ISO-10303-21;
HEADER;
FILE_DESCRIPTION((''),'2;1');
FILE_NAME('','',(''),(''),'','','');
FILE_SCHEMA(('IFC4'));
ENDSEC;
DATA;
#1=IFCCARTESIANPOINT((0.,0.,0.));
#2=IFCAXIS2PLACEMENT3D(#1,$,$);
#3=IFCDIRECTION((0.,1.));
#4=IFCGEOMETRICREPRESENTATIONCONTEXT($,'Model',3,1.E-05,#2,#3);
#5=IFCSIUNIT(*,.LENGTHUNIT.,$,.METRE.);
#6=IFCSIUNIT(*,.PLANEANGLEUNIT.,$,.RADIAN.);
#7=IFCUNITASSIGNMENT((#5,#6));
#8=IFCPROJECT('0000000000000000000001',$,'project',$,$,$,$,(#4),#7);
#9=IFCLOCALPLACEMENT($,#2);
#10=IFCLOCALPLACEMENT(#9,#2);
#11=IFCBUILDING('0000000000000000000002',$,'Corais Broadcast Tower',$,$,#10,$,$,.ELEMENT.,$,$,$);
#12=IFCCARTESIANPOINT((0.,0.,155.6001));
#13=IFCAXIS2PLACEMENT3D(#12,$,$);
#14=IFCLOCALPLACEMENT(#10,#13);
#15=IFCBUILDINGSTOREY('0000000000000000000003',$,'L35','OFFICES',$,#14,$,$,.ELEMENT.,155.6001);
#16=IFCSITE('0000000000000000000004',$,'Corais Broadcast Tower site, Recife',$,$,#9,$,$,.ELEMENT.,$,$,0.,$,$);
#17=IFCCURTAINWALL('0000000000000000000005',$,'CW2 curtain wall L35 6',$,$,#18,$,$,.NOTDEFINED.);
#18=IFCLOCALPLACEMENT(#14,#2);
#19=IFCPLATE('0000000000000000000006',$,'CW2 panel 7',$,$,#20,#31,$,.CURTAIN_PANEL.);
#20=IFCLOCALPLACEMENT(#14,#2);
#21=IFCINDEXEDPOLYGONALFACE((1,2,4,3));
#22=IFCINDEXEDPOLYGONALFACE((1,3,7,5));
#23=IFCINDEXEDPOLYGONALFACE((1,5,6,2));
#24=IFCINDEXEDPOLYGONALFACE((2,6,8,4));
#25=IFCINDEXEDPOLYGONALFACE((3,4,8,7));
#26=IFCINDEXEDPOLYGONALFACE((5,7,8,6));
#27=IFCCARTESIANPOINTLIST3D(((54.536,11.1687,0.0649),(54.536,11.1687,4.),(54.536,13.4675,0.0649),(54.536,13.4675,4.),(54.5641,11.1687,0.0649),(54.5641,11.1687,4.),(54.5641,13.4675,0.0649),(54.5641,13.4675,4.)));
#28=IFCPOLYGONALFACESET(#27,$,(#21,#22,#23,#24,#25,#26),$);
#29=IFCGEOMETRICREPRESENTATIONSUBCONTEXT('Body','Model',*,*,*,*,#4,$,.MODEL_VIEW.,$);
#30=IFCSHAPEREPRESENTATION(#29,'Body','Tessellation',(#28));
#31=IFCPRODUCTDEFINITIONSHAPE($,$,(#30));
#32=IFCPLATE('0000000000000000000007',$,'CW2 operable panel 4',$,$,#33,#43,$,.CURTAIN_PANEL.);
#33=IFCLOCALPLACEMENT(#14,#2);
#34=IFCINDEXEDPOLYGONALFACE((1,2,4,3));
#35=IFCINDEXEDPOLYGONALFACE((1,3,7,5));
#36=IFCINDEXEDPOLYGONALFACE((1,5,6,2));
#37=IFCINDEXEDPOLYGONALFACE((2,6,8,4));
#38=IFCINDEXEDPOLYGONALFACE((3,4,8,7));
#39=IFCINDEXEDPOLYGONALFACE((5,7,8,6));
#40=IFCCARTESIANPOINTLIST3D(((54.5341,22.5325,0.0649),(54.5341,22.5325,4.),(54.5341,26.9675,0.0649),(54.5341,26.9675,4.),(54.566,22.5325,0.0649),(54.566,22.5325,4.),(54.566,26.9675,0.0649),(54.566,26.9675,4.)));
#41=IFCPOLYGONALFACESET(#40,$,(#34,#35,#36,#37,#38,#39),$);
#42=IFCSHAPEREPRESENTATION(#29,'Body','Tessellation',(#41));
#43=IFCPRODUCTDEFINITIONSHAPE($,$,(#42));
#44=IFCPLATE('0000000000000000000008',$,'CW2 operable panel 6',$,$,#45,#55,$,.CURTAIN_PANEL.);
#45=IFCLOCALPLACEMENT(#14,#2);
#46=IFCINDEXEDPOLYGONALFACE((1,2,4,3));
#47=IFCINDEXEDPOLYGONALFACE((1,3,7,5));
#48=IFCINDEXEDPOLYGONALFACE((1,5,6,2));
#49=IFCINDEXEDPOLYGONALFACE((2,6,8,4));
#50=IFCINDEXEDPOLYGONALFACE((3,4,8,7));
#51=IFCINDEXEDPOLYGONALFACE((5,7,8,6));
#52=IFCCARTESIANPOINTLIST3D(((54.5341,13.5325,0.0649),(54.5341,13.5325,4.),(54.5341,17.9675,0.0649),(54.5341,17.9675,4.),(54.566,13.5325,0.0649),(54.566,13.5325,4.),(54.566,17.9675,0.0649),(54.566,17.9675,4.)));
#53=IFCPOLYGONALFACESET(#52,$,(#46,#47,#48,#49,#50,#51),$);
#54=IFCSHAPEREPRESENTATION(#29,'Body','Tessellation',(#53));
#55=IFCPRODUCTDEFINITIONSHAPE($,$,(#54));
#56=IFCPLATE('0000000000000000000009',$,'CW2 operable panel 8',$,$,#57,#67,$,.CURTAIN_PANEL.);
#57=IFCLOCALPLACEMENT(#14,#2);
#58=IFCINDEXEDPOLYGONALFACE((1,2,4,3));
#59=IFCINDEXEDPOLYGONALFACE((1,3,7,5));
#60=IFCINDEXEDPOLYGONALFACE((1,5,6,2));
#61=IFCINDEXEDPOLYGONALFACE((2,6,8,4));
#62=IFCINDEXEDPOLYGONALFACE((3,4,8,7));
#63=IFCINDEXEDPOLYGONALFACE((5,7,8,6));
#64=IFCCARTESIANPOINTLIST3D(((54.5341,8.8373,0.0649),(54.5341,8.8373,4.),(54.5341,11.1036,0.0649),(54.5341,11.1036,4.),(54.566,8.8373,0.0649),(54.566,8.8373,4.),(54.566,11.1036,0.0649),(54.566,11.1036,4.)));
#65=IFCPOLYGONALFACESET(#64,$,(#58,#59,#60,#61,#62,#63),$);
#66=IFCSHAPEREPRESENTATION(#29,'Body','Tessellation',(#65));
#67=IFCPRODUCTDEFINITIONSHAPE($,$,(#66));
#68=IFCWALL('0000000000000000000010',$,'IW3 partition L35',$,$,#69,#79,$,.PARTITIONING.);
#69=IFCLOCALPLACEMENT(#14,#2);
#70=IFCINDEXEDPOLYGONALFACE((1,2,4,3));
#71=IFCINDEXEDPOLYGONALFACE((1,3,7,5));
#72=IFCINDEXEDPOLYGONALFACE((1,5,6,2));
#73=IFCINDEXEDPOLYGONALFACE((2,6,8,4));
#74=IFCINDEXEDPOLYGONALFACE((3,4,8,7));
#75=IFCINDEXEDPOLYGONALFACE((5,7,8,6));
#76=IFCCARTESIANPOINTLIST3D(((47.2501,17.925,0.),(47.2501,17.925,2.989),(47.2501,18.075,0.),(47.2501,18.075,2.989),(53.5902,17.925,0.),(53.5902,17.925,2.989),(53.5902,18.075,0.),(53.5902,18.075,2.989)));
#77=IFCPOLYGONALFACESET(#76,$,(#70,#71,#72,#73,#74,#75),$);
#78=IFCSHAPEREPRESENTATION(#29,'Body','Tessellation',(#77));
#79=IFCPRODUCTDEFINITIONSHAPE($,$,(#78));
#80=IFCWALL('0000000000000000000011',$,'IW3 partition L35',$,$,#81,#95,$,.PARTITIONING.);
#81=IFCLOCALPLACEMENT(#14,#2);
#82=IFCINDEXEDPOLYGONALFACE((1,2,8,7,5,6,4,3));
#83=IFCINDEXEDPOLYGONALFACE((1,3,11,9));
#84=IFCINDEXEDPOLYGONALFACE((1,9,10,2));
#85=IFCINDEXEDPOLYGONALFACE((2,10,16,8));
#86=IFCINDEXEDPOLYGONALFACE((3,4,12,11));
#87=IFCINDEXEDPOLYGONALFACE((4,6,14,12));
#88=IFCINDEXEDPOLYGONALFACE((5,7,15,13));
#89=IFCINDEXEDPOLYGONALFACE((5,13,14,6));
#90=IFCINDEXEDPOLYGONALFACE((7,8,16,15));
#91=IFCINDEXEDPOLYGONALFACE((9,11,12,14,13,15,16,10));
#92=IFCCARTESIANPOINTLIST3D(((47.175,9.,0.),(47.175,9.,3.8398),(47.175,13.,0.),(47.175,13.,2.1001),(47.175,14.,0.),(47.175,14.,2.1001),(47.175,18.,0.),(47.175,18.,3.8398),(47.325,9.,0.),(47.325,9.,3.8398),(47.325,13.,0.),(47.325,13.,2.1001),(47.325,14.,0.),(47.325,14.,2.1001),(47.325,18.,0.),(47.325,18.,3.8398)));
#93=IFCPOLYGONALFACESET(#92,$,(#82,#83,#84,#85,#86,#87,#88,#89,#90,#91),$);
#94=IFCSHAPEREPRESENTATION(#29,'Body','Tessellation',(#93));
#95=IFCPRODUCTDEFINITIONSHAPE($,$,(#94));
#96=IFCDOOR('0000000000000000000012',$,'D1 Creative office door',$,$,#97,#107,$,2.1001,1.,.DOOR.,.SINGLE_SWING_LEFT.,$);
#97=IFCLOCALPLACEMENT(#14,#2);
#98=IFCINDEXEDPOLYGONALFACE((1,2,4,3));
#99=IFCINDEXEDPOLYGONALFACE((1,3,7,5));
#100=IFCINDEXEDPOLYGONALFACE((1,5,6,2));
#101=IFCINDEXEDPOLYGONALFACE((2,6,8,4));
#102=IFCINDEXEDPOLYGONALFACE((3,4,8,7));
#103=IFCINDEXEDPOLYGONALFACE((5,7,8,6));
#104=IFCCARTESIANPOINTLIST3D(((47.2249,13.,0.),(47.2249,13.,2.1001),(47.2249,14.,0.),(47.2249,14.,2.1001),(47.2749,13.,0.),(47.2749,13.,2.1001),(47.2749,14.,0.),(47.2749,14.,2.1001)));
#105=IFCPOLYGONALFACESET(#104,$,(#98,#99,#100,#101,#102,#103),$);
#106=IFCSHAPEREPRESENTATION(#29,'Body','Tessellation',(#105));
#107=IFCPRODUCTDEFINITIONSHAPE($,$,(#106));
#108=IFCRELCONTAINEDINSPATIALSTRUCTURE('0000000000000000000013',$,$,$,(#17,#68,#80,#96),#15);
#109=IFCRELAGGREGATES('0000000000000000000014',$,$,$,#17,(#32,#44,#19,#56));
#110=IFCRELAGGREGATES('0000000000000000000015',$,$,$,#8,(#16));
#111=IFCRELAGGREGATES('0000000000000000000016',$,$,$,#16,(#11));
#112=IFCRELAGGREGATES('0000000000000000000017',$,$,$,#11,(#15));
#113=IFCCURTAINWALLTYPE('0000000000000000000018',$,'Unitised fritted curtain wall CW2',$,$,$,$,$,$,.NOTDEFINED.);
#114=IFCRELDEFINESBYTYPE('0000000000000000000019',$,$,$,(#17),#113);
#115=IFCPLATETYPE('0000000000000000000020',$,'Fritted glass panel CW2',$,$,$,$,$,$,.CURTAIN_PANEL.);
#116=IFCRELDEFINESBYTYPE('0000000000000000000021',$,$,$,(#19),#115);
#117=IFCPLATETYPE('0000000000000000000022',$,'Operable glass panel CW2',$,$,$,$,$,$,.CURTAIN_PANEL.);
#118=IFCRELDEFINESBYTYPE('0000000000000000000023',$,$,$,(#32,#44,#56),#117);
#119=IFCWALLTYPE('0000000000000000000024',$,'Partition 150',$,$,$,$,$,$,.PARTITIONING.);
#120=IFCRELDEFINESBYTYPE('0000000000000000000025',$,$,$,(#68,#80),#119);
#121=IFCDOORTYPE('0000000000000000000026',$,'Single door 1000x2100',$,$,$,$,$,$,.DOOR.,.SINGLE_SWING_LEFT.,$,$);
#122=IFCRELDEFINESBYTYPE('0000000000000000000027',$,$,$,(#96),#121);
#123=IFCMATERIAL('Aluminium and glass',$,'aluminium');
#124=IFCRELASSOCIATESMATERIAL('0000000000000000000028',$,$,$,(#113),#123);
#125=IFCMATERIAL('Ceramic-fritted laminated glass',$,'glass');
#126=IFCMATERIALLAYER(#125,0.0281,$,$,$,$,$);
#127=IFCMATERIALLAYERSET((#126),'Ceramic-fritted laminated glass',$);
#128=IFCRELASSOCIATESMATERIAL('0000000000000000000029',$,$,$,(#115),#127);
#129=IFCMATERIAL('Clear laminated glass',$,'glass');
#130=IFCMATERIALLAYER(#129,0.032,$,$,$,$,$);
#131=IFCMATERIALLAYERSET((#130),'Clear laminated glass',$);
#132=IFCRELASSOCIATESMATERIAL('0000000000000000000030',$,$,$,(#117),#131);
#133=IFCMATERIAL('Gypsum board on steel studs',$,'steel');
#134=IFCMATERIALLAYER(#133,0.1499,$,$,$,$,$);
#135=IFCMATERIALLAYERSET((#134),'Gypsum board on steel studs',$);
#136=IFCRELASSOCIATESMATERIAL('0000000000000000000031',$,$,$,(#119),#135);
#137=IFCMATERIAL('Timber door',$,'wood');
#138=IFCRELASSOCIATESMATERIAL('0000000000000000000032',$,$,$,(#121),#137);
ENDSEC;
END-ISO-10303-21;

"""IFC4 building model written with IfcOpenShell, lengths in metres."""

from ifc_helpers import new_model, si_unit, direction, frame, frame_2d, origin, origin_2d, place, context, subcontext, project, spatial, rectangle, extrude, material, layer, layer_set, type_object, element, fill, aggregate, save


model = new_model("IFC4")

# Units and contexts
model_context = context("Model", 3, precision=1e-05, world=origin(), true_north=direction((0.0, 1.0)))
body_context = subcontext(model_context, "Body", "Model", "MODEL_VIEW")
ifc_project = project(units=[si_unit("LENGTHUNIT", "METRE"), si_unit("PLANEANGLEUNIT", "RADIAN")], contexts=[model_context])

# Site, building, storey
site_placement = place(None, origin())
site = spatial("IfcSite", under=ifc_project, at=site_placement, Name="Corais Broadcast Tower site, Recife", CompositionType="ELEMENT", RefElevation=0.0)
building_placement = place(site_placement, origin())
building = spatial("IfcBuilding", under=site, at=building_placement, Name="Corais Broadcast Tower", CompositionType="ELEMENT")
storey_placement = place(building_placement, frame((0.0, 0.0, 155.6001)))
storey = spatial("IfcBuildingStorey", under=building, at=storey_placement, Name="L35", Description="OFFICES", CompositionType="ELEMENT", Elevation=155.6001)

# Curtain wall
ifc_material_1 = material(Name="Aluminium and glass", Category="aluminium")
curtain_wall_type = type_object("IfcCurtainWallType", Name="Unitised fritted curtain wall CW2", PredefinedType="NOTDEFINED", material=ifc_material_1)
curtain_wall_placement = place(storey_placement, origin())
curtain_wall = element("IfcCurtainWall", 1, at=curtain_wall_placement, inside=storey, type_object=curtain_wall_type, Name="CW2 curtain wall L35 6", PredefinedType="NOTDEFINED")

# Plates
ifc_material_2 = material(Name="Ceramic-fritted laminated glass", Category="glass")
ifc_layer_1 = layer(ifc_material_2, 0.0281)
ifc_layer_set_1 = layer_set([ifc_layer_1], Name="Ceramic-fritted laminated glass")
plate_type_1 = type_object("IfcPlateType", Name="Fritted glass panel CW2", PredefinedType="CURTAIN_PANEL", material=ifc_layer_set_1)
plate_1_placement = place(storey_placement, frame((54.55, 12.3181, 0.0649), z_axis=(0.0, 0.0, 1.0), x_axis=(0.0, -1.0, 0.0)))
plate_1 = element("IfcPlate", 2, at=plate_1_placement, type_object=plate_type_1, Name="CW2 panel 7", PredefinedType="CURTAIN_PANEL", context=body_context, shape_type="SweptSolid", body=[
    extrude(rectangle(XDim=2.2988, YDim=0.0281, at=origin_2d()), origin(), (0.0, 0.0, 1.0), 3.9351),
])
ifc_material_3 = material(Name="Clear laminated glass", Category="glass")
ifc_layer_2 = layer(ifc_material_3, 0.032)
ifc_layer_set_2 = layer_set([ifc_layer_2], Name="Clear laminated glass")
plate_type_2 = type_object("IfcPlateType", Name="Operable glass panel CW2", PredefinedType="CURTAIN_PANEL", material=ifc_layer_set_2)
plate_2_placement = place(storey_placement, frame((54.55, 24.75, 0.0649), z_axis=(0.0, 0.0, 1.0), x_axis=(0.0, -1.0, 0.0)))
plate_2 = element("IfcPlate", 3, at=plate_2_placement, type_object=plate_type_2, Name="CW2 operable panel 4", PredefinedType="CURTAIN_PANEL", context=body_context, shape_type="SweptSolid", body=[
    extrude(rectangle(XDim=4.4351, YDim=0.032, at=origin_2d()), origin(), (0.0, 0.0, 1.0), 3.9351),
])
plate_3_placement = place(storey_placement, frame((54.55, 15.75, 0.0649), z_axis=(0.0, 0.0, 1.0), x_axis=(0.0, -1.0, 0.0)))
plate_3 = element("IfcPlate", 4, at=plate_3_placement, type_object=plate_type_2, Name="CW2 operable panel 6", PredefinedType="CURTAIN_PANEL", context=body_context, shape_type="SweptSolid", body=[
    extrude(rectangle(XDim=4.4351, YDim=0.032, at=origin_2d()), origin(), (0.0, 0.0, 1.0), 3.9351),
])
plate_4_placement = place(storey_placement, frame((54.55, 9.9705, 0.0649), z_axis=(0.0, 0.0, 1.0), x_axis=(0.0, -1.0, 0.0)))
plate_4 = element("IfcPlate", 5, at=plate_4_placement, type_object=plate_type_2, Name="CW2 operable panel 8", PredefinedType="CURTAIN_PANEL", context=body_context, shape_type="SweptSolid", body=[
    extrude(rectangle(XDim=2.2664, YDim=0.032, at=origin_2d()), origin(), (0.0, 0.0, 1.0), 3.9351),
])
aggregate(curtain_wall, [plate_2, plate_3, plate_1, plate_4])

# Wall
ifc_material_4 = material(Name="Gypsum board on steel studs", Category="steel")
ifc_layer_3 = layer(ifc_material_4, 0.1499)
ifc_layer_set_3 = layer_set([ifc_layer_3], Name="Gypsum board on steel studs")
wall_type = type_object("IfcWallType", Name="Partition 150", PredefinedType="PARTITIONING", material=ifc_layer_set_3)
wall_1_placement = place(storey_placement, frame((53.5901, 18.0, 0.0), z_axis=(0.0, 0.0, 1.0), x_axis=(-1.0, 0.0, 0.0)))
element("IfcWall", 6, at=wall_1_placement, inside=storey, type_object=wall_type, Name="IW3 partition L35", PredefinedType="PARTITIONING", context=body_context, shape_type="SweptSolid", body=[
    extrude(rectangle(XDim=6.3401, YDim=0.1499, at=frame_2d((3.1699, 0.0))), origin(), (0.0, 0.0, 1.0), 2.989),
])

# Wall, opening, door
wall_2_placement = place(storey_placement, frame((47.25, 18.0, 0.0), z_axis=(0.0, 0.0, 1.0), x_axis=(0.0, -1.0, 0.0)))
wall_2 = element("IfcWall", 7, at=wall_2_placement, inside=storey, type_object=wall_type, Name="IW3 partition L35", PredefinedType="PARTITIONING", context=body_context, shape_type="SweptSolid", body=[
    extrude(rectangle(XDim=9.0, YDim=0.1499, at=frame_2d((4.5, 0.0))), origin(), (0.0, 0.0, 1.0), 3.8398),
])
opening_placement = place(wall_2_placement, frame((4.0, 0.0, 0.0)))
opening = element("IfcOpeningElement", 8, at=opening_placement, cuts=wall_2, PredefinedType="OPENING", context=body_context, shape_type="SweptSolid", body=[
    extrude(rectangle(XDim=1.0, YDim=2.1001, at=frame_2d((0.5, 1.05))), frame((0.0, 0.085, 0.0), z_axis=(0.0, -1.0, 0.0), x_axis=(1.0, 0.0, 0.0)), (0.0, 0.0, 1.0), 0.1699),
])
ifc_material_5 = material(Name="Timber door", Category="wood")
door_type = type_object("IfcDoorType", Name="Single door 1000x2100", OperationType="SINGLE_SWING_LEFT", PredefinedType="DOOR", material=ifc_material_5)
door_placement = place(opening_placement, origin())
door = element("IfcDoor", 9, at=door_placement, inside=storey, type_object=door_type, Name="D1 Creative office door", OperationType="SINGLE_SWING_LEFT", OverallHeight=2.1001, OverallWidth=1.0, PredefinedType="DOOR", context=body_context, shape_type="SweptSolid", body=[
    extrude(rectangle(XDim=1.0, YDim=2.1001, at=frame_2d((0.5, 1.05))), frame((0.0, 0.0249, 0.0), z_axis=(0.0, -1.0, 0.0), x_axis=(1.0, 0.0, 0.0)), (0.0, 0.0, 1.0), 0.05),
])
fill(opening, door)

save(model, "model.ifc")
